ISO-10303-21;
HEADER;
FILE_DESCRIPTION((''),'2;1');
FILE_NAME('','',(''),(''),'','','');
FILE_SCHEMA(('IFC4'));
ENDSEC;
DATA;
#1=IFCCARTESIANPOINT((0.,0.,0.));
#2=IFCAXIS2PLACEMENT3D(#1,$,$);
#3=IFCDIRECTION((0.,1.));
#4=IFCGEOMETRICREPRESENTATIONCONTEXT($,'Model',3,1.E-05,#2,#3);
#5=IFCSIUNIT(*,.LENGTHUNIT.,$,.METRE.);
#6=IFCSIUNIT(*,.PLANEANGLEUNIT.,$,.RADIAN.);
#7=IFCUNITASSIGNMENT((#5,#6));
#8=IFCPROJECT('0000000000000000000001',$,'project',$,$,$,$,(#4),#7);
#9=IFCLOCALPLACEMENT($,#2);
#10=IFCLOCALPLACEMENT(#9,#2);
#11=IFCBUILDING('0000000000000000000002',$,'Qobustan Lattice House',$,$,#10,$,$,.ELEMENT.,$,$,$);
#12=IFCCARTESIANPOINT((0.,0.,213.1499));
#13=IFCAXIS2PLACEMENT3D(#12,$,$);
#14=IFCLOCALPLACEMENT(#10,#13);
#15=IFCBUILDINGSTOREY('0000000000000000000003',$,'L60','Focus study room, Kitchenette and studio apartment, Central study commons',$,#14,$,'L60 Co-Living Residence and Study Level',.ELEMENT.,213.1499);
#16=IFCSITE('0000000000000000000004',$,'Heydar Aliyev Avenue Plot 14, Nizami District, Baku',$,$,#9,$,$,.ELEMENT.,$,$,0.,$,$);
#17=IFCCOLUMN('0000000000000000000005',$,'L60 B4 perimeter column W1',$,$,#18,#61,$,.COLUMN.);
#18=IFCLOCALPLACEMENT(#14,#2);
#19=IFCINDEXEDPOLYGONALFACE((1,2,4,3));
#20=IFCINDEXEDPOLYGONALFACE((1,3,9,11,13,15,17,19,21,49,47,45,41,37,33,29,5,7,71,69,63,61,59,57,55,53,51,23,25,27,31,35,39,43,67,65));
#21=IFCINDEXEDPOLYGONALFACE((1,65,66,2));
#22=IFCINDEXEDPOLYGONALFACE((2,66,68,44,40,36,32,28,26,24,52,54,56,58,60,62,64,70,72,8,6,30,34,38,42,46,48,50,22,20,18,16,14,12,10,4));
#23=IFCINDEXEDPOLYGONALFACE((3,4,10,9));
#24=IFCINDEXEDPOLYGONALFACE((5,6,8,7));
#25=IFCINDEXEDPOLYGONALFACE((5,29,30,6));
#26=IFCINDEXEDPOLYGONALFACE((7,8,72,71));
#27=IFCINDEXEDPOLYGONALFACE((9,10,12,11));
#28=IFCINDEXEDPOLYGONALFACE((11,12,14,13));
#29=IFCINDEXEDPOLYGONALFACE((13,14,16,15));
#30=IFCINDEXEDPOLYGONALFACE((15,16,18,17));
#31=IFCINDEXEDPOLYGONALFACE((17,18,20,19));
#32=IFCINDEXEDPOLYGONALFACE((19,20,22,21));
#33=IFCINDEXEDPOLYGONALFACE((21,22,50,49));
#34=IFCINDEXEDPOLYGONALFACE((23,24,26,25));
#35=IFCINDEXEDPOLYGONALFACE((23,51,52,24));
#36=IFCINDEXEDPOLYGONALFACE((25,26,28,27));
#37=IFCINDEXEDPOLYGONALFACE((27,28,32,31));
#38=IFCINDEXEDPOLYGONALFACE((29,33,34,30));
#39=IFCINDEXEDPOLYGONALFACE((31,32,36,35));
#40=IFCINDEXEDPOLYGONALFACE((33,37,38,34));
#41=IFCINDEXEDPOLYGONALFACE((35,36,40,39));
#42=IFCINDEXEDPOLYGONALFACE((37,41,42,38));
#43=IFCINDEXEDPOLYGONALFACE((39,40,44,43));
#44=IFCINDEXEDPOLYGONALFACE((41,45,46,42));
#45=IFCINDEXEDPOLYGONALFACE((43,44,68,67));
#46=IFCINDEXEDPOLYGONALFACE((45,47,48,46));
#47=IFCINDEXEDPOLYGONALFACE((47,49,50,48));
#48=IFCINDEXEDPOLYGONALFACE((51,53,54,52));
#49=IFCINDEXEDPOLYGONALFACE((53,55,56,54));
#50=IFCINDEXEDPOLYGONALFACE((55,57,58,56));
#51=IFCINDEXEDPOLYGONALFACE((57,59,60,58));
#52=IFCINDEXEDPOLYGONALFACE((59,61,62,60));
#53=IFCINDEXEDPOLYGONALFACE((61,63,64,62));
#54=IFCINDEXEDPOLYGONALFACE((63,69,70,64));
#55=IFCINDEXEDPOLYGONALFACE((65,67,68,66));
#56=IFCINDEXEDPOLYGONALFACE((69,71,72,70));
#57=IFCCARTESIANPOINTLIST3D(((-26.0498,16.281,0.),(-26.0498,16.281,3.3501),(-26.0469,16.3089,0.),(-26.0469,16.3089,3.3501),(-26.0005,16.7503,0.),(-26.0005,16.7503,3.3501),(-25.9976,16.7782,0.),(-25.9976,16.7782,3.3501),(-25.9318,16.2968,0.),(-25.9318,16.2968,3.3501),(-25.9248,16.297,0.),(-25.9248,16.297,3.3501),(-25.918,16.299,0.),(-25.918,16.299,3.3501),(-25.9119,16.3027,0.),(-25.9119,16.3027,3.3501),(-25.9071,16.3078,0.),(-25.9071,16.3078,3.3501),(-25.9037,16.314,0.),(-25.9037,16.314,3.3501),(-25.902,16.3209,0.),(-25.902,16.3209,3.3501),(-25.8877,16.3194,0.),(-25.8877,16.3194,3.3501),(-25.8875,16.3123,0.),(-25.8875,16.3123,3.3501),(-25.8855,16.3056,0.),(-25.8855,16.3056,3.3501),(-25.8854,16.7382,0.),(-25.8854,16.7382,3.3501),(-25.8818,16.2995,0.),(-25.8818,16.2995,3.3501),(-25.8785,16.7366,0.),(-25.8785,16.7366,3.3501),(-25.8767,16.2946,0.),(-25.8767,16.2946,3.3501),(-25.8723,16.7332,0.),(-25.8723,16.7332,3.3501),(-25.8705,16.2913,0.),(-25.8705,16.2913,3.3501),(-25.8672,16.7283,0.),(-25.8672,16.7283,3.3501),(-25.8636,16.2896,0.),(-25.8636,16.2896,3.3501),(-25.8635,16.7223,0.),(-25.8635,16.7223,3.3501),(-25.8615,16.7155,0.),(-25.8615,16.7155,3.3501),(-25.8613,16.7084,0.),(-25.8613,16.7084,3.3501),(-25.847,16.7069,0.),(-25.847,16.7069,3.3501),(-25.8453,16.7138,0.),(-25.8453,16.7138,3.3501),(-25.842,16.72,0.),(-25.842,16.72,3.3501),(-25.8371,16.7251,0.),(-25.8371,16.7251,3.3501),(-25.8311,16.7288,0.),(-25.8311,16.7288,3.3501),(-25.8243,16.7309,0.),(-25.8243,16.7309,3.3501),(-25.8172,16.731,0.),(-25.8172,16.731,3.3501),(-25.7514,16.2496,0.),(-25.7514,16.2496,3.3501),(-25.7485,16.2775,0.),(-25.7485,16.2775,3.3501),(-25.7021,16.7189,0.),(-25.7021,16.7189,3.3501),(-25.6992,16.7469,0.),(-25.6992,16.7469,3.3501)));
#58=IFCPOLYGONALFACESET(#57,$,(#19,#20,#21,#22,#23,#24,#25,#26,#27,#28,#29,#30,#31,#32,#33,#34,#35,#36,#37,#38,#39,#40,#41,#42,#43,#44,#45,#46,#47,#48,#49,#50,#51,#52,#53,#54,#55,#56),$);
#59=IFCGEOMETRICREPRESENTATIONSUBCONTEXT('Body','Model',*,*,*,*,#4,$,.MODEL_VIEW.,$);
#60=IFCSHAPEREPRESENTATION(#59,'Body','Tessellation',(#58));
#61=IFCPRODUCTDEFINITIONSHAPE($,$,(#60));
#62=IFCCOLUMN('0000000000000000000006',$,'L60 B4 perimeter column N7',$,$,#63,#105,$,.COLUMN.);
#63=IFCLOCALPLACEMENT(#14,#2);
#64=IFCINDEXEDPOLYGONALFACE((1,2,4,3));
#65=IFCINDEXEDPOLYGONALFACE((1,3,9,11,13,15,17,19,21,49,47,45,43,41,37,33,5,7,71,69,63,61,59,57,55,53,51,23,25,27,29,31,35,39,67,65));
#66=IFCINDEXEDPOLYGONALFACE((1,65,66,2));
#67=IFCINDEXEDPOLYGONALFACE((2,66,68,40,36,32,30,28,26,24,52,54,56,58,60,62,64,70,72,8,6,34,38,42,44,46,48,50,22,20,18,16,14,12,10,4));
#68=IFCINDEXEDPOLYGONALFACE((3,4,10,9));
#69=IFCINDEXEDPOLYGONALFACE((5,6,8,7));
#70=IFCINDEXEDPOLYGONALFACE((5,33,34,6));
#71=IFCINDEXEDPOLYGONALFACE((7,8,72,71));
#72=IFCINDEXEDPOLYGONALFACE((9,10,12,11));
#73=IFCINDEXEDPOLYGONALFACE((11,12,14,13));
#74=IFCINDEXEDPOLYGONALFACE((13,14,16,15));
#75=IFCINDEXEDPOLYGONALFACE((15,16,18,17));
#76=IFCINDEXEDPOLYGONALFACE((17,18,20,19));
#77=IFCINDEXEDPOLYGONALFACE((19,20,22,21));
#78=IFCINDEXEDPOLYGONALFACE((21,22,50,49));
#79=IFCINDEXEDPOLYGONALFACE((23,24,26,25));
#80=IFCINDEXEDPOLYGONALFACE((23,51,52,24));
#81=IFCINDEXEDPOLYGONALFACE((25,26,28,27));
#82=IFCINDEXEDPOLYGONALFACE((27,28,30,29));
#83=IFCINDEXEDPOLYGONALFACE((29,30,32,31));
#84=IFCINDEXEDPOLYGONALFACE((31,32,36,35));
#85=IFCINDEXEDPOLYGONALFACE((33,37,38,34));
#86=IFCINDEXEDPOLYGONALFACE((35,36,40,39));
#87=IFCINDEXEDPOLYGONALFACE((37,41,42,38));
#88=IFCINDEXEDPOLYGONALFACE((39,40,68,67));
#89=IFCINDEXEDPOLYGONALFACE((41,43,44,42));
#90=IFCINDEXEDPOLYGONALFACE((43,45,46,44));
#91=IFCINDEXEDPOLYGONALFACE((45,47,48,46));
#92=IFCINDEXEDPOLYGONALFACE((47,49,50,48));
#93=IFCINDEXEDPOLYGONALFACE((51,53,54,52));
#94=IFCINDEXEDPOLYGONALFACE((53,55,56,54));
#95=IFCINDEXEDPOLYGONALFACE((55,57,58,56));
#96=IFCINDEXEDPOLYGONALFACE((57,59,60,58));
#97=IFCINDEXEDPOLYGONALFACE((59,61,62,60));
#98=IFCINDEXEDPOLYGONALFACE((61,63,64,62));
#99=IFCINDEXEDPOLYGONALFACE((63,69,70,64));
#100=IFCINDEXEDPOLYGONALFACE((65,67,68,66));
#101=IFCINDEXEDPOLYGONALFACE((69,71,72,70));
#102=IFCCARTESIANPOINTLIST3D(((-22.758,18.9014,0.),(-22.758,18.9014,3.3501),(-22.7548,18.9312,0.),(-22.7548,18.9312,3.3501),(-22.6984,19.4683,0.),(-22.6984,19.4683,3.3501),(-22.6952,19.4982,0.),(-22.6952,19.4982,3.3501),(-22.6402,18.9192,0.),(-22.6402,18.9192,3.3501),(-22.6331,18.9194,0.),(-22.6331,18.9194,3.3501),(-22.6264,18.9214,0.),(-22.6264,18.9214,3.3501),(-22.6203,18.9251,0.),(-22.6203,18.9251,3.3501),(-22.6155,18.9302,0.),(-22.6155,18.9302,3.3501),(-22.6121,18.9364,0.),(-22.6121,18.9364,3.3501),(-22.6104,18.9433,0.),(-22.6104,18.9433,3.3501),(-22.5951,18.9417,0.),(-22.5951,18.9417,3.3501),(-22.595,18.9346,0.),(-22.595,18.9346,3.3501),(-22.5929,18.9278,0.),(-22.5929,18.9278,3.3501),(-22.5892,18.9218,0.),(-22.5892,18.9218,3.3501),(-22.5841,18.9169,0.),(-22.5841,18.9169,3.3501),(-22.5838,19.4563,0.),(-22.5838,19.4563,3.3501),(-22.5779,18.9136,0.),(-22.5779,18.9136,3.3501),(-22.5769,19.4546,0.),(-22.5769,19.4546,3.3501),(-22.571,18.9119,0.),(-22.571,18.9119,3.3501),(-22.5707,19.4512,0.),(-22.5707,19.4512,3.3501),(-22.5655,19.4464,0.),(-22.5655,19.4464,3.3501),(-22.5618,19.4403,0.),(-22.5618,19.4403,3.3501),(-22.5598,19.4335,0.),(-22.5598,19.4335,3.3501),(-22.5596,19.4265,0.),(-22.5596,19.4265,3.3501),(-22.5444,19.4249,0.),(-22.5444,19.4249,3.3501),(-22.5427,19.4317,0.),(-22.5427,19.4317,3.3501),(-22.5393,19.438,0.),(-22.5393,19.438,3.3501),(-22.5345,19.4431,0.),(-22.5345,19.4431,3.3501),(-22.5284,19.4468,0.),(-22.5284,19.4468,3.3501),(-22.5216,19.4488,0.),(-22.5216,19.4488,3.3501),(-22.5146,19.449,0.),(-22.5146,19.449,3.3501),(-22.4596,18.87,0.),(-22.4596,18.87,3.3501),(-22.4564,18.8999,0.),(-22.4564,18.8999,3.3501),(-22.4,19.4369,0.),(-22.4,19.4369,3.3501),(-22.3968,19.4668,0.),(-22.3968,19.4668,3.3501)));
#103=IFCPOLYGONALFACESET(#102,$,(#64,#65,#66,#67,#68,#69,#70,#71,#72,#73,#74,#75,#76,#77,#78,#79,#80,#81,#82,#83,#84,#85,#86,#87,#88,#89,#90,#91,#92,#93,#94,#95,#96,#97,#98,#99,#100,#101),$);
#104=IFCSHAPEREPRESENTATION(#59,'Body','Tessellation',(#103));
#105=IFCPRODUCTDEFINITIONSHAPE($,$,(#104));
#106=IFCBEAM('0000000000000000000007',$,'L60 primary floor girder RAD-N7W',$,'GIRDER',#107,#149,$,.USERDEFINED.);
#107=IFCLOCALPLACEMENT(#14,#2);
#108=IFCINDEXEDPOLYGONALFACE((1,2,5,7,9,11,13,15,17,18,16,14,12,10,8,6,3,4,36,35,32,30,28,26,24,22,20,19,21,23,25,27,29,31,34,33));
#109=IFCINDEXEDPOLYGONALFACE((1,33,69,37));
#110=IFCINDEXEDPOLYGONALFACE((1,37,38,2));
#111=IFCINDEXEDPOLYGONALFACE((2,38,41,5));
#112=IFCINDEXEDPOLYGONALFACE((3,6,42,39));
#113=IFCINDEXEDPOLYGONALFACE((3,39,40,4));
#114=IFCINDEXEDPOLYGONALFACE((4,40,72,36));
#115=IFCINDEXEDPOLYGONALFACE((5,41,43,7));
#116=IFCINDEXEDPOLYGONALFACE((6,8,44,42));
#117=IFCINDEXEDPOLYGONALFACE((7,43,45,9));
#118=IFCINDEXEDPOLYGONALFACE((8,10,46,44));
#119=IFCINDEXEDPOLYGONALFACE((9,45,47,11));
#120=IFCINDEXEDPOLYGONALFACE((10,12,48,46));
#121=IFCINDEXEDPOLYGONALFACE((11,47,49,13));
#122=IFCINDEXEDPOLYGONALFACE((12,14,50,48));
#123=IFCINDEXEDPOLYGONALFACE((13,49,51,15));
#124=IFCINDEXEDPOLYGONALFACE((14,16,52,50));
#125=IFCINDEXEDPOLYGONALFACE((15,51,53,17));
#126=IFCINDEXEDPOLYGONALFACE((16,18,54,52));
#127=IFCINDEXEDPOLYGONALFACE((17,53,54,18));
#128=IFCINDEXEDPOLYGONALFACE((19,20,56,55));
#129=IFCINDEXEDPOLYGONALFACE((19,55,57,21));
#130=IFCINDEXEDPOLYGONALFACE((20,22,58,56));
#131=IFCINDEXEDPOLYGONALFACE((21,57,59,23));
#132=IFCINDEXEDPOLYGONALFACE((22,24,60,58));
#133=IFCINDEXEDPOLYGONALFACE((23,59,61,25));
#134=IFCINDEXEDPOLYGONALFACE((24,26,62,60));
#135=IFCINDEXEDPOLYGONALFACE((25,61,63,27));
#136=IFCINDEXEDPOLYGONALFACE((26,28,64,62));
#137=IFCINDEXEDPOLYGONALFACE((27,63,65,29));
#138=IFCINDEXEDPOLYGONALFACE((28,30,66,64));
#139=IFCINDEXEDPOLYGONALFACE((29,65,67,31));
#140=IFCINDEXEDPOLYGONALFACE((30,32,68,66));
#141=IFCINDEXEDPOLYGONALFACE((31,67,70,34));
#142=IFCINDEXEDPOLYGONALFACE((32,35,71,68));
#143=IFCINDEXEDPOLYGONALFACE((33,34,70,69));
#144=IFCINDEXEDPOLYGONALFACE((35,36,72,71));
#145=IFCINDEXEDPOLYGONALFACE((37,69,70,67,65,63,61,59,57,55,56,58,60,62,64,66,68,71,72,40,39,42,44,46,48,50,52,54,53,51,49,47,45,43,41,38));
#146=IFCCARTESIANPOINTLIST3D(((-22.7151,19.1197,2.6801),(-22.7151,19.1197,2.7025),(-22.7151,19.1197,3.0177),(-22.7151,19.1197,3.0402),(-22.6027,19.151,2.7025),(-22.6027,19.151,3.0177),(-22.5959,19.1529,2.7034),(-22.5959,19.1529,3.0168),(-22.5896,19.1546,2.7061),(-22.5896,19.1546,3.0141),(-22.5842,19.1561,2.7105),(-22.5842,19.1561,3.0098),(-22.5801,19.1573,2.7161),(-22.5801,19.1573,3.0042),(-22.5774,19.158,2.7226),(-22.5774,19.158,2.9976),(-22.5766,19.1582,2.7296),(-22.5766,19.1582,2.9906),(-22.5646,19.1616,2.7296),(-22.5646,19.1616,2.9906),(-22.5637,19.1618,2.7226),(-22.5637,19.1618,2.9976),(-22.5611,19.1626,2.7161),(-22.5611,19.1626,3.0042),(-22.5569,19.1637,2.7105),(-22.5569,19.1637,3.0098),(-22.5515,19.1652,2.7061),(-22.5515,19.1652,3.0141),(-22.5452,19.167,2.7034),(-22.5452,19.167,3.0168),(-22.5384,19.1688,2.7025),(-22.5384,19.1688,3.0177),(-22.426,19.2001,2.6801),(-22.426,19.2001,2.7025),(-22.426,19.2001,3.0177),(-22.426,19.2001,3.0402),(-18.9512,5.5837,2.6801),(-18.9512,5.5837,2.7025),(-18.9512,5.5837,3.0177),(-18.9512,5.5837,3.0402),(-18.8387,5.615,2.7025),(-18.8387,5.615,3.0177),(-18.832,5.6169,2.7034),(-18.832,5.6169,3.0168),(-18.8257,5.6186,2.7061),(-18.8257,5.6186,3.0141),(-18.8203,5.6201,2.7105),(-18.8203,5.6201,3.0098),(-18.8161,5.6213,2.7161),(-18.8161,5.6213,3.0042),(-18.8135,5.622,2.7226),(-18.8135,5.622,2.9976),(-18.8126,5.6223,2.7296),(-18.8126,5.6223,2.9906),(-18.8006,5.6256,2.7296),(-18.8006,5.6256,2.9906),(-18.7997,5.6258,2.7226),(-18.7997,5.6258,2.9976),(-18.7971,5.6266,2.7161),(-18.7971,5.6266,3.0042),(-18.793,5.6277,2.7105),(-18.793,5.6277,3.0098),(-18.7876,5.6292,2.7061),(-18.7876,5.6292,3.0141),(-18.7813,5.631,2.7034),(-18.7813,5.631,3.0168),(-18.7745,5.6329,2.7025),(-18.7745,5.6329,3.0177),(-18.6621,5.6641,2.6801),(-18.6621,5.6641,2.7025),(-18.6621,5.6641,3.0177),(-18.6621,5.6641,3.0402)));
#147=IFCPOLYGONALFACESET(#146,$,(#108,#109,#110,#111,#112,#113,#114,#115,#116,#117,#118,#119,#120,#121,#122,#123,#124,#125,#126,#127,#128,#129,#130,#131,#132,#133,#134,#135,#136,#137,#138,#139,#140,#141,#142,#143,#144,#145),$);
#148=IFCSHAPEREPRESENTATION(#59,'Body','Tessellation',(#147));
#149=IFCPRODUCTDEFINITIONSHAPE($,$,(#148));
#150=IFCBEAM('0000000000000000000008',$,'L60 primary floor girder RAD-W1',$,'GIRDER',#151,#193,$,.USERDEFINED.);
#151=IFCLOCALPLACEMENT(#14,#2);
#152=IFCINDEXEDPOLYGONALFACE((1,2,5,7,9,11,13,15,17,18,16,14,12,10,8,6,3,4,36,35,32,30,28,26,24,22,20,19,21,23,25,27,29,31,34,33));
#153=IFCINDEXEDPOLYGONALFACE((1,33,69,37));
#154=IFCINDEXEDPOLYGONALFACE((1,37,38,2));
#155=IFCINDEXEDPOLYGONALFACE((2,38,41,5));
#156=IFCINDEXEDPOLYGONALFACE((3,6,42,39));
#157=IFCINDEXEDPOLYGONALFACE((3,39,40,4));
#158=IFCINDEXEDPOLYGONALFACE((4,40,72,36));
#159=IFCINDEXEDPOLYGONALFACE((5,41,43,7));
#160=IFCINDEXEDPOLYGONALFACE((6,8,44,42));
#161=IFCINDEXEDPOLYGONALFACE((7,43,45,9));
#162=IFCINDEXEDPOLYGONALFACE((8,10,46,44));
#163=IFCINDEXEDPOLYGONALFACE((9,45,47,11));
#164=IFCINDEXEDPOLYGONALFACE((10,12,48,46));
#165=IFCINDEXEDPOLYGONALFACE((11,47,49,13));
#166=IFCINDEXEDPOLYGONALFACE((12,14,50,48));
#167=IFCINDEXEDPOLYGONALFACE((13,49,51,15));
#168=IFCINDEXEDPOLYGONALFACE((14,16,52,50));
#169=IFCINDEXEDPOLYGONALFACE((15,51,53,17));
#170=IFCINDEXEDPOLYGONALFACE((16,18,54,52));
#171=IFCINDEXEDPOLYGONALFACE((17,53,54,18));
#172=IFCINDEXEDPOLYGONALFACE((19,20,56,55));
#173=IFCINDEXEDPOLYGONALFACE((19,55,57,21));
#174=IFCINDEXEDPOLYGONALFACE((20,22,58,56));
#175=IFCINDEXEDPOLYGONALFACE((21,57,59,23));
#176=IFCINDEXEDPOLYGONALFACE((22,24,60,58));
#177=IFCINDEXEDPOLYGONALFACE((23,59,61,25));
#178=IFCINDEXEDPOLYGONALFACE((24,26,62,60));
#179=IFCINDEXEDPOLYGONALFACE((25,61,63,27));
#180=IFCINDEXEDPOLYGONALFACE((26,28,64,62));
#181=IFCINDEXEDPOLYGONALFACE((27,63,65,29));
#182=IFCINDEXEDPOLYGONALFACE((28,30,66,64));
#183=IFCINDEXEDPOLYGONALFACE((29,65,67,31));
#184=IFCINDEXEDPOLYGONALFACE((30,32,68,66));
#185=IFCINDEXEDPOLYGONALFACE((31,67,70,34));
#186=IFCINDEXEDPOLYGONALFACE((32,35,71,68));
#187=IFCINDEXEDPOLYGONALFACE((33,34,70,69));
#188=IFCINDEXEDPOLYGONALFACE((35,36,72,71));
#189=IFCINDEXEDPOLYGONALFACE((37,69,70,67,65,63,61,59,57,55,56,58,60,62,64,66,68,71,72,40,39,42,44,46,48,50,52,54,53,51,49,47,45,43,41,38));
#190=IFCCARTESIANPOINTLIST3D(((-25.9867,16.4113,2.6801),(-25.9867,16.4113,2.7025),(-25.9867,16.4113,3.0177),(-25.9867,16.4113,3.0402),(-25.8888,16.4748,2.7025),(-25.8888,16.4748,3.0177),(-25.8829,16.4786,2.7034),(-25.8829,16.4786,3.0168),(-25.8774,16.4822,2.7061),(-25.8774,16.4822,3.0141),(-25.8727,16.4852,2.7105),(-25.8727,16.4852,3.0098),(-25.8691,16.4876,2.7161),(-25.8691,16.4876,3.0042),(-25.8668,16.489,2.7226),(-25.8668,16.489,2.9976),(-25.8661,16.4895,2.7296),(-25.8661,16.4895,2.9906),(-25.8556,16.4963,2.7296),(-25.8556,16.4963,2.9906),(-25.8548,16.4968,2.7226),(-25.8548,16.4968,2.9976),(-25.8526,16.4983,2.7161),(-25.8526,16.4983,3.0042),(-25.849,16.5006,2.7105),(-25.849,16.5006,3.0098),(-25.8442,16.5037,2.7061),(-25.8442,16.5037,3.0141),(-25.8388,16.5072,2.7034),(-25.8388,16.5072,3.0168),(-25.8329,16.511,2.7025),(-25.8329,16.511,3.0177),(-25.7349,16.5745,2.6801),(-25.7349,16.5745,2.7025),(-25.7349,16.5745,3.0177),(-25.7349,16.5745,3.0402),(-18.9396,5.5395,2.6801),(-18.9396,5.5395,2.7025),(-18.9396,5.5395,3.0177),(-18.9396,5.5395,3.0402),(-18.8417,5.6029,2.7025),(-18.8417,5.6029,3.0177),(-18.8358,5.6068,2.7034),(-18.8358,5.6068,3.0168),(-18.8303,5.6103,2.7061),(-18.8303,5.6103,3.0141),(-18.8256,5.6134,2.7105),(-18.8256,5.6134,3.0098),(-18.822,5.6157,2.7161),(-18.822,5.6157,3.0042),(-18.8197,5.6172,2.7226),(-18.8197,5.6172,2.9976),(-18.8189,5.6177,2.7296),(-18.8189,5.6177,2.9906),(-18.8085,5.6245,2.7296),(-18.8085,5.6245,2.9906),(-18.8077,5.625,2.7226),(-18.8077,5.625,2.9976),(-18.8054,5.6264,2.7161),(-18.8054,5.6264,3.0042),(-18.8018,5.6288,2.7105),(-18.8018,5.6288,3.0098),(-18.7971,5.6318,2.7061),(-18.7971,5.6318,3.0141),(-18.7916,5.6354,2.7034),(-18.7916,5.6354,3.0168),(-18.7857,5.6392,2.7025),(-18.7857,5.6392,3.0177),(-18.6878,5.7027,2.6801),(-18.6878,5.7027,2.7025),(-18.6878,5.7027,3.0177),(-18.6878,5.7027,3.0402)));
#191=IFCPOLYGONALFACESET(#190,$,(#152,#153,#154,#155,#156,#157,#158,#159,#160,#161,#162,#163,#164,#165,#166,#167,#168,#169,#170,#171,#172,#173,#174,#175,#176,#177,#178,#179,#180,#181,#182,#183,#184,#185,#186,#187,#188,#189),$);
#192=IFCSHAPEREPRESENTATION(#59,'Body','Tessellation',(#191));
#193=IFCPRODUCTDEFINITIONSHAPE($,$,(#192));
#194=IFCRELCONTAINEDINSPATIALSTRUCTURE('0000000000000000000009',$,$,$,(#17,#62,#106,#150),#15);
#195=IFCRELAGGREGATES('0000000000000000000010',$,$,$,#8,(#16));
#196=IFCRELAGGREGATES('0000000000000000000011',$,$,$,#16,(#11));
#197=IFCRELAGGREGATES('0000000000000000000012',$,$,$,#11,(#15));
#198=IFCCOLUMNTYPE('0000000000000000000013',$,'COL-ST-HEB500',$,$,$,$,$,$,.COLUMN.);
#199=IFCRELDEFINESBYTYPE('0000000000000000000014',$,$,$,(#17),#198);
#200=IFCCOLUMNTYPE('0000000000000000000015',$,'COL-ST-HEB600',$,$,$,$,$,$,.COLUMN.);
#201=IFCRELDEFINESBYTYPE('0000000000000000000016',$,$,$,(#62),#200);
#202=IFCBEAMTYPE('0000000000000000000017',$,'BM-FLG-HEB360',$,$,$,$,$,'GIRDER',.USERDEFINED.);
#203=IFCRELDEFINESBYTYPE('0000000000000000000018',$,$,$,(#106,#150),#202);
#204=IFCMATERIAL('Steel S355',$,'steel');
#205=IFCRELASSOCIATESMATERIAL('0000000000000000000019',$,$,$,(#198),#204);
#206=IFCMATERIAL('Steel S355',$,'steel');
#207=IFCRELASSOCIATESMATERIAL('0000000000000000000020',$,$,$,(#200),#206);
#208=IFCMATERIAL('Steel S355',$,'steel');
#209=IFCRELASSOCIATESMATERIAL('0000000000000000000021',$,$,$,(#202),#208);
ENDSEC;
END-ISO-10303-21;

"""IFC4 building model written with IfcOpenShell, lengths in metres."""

from ifc_helpers import new_model, si_unit, direction, frame, origin, origin_2d, place, context, subcontext, project, spatial, i_section, extrude, material, material_profile, profile_set, type_object, element, save


model = new_model("IFC4")

# Units and contexts
model_context = context("Model", 3, precision=1e-05, world=origin(), true_north=direction((0.0, 1.0)))
body_context = subcontext(model_context, "Body", "Model", "MODEL_VIEW")
ifc_project = project(units=[si_unit("LENGTHUNIT", "METRE"), si_unit("PLANEANGLEUNIT", "RADIAN")], contexts=[model_context])

# Site, building, storey
site_placement = place(None, origin())
site = spatial("IfcSite", under=ifc_project, at=site_placement, Name="Heydar Aliyev Avenue Plot 14, Nizami District, Baku", CompositionType="ELEMENT", RefElevation=0.0)
building_placement = place(site_placement, origin())
building = spatial("IfcBuilding", under=site, at=building_placement, Name="Qobustan Lattice House", CompositionType="ELEMENT")
storey_placement = place(building_placement, frame((0.0, 0.0, 213.1499)))
storey = spatial("IfcBuildingStorey", under=building, at=storey_placement, Name="L60", Description="Focus study room, Kitchenette and studio apartment, Central study commons", LongName="L60 Co-Living Residence and Study Level", CompositionType="ELEMENT", Elevation=213.1499)

# Columns
ifc_material_1 = material(Name="Steel S355", Category="steel")
ifc_material_profile_1 = material_profile(ifc_material_1, i_section(OverallWidth=0.3, OverallDepth=0.5, WebThickness=0.0144, FlangeThickness=0.0281, FilletRadius=0.0271, at=origin_2d()), Name="HEB500")
ifc_profile_set_1 = profile_set([ifc_material_profile_1], Name="Steel S355")
column_type_1 = type_object("IfcColumnType", Name="COL-ST-HEB500", PredefinedType="COLUMN", material=ifc_profile_set_1)
column_1_placement = place(storey_placement, frame((-25.8745, 16.5139, 0.0), z_axis=(0.0, 0.0, 1.0), x_axis=(0.994522, -0.104528, 0.0)))
element("IfcColumn", 1, at=column_1_placement, inside=storey, type_object=column_type_1, Name="L60 B4 perimeter column W1", PredefinedType="COLUMN", context=body_context, shape_type="SweptSolid", body=[
    extrude(i_section(OverallWidth=0.3, OverallDepth=0.5, WebThickness=0.0144, FlangeThickness=0.0281, FilletRadius=0.0271, at=origin_2d()), origin(), (0.0, 0.0, 1.0), 3.3501),
])
ifc_material_2 = material(Name="Steel S355", Category="steel")
ifc_material_profile_2 = material_profile(ifc_material_2, i_section(OverallWidth=0.3, OverallDepth=0.6001, WebThickness=0.0154, FlangeThickness=0.03, FilletRadius=0.0271, at=origin_2d()), Name="HEB600")
ifc_profile_set_2 = profile_set([ifc_material_profile_2], Name="Steel S355")
column_type_2 = type_object("IfcColumnType", Name="COL-ST-HEB600", PredefinedType="COLUMN", material=ifc_profile_set_2)
column_2_placement = place(storey_placement, frame((-22.5774, 19.1841, 0.0), z_axis=(0.0, 0.0, 1.0), x_axis=(0.994522, -0.104528, 0.0)))
element("IfcColumn", 2, at=column_2_placement, inside=storey, type_object=column_type_2, Name="L60 B4 perimeter column N7", PredefinedType="COLUMN", context=body_context, shape_type="SweptSolid", body=[
    extrude(i_section(OverallWidth=0.3, OverallDepth=0.6001, WebThickness=0.0154, FlangeThickness=0.03, FilletRadius=0.0271, at=origin_2d()), origin(), (0.0, 0.0, 1.0), 3.3501),
])

# Beams
ifc_material_3 = material(Name="Steel S355", Category="steel")
ifc_material_profile_3 = material_profile(ifc_material_3, i_section(OverallWidth=0.3, OverallDepth=0.3601, WebThickness=0.0125, FlangeThickness=0.0225, FilletRadius=0.0271, at=origin_2d()), Name="HEB360")
ifc_profile_set_3 = profile_set([ifc_material_profile_3], Name="Steel S355")
beam_type_1 = type_object("IfcBeamType", Name="BM-FLG-HEB360", ElementType="GIRDER", PredefinedType="USERDEFINED", material=ifc_profile_set_3)
beam_1_placement = place(storey_placement, frame((-22.5706, 19.1599, 2.8601), z_axis=(0.267905, -0.963445, 0.0), x_axis=(0.963445, 0.267905, 0.0)))
element("IfcBeam", 3, at=beam_1_placement, inside=storey, type_object=beam_type_1, Name="L60 primary floor girder RAD-N7W", ObjectType="GIRDER", PredefinedType="USERDEFINED", context=body_context, shape_type="SweptSolid", body=[
    extrude(i_section(OverallWidth=0.3, OverallDepth=0.3601, WebThickness=0.0125, FlangeThickness=0.0225, FilletRadius=0.0271, at=origin_2d()), origin(), (0.0, 0.0, 1.0), 14.0496),
])
beam_2_placement = place(storey_placement, frame((-25.8608, 16.4929, 2.8601), z_axis=(0.543926, -0.839133, 0.0), x_axis=(0.839133, 0.543926, 0.0)))
element("IfcBeam", 4, at=beam_2_placement, inside=storey, type_object=beam_type_1, Name="L60 primary floor girder RAD-W1", ObjectType="GIRDER", PredefinedType="USERDEFINED", context=body_context, shape_type="SweptSolid", body=[
    extrude(i_section(OverallWidth=0.3, OverallDepth=0.3601, WebThickness=0.0125, FlangeThickness=0.0225, FilletRadius=0.0271, at=origin_2d()), origin(), (0.0, 0.0, 1.0), 12.9561),
])

save(model, "model.ifc")
